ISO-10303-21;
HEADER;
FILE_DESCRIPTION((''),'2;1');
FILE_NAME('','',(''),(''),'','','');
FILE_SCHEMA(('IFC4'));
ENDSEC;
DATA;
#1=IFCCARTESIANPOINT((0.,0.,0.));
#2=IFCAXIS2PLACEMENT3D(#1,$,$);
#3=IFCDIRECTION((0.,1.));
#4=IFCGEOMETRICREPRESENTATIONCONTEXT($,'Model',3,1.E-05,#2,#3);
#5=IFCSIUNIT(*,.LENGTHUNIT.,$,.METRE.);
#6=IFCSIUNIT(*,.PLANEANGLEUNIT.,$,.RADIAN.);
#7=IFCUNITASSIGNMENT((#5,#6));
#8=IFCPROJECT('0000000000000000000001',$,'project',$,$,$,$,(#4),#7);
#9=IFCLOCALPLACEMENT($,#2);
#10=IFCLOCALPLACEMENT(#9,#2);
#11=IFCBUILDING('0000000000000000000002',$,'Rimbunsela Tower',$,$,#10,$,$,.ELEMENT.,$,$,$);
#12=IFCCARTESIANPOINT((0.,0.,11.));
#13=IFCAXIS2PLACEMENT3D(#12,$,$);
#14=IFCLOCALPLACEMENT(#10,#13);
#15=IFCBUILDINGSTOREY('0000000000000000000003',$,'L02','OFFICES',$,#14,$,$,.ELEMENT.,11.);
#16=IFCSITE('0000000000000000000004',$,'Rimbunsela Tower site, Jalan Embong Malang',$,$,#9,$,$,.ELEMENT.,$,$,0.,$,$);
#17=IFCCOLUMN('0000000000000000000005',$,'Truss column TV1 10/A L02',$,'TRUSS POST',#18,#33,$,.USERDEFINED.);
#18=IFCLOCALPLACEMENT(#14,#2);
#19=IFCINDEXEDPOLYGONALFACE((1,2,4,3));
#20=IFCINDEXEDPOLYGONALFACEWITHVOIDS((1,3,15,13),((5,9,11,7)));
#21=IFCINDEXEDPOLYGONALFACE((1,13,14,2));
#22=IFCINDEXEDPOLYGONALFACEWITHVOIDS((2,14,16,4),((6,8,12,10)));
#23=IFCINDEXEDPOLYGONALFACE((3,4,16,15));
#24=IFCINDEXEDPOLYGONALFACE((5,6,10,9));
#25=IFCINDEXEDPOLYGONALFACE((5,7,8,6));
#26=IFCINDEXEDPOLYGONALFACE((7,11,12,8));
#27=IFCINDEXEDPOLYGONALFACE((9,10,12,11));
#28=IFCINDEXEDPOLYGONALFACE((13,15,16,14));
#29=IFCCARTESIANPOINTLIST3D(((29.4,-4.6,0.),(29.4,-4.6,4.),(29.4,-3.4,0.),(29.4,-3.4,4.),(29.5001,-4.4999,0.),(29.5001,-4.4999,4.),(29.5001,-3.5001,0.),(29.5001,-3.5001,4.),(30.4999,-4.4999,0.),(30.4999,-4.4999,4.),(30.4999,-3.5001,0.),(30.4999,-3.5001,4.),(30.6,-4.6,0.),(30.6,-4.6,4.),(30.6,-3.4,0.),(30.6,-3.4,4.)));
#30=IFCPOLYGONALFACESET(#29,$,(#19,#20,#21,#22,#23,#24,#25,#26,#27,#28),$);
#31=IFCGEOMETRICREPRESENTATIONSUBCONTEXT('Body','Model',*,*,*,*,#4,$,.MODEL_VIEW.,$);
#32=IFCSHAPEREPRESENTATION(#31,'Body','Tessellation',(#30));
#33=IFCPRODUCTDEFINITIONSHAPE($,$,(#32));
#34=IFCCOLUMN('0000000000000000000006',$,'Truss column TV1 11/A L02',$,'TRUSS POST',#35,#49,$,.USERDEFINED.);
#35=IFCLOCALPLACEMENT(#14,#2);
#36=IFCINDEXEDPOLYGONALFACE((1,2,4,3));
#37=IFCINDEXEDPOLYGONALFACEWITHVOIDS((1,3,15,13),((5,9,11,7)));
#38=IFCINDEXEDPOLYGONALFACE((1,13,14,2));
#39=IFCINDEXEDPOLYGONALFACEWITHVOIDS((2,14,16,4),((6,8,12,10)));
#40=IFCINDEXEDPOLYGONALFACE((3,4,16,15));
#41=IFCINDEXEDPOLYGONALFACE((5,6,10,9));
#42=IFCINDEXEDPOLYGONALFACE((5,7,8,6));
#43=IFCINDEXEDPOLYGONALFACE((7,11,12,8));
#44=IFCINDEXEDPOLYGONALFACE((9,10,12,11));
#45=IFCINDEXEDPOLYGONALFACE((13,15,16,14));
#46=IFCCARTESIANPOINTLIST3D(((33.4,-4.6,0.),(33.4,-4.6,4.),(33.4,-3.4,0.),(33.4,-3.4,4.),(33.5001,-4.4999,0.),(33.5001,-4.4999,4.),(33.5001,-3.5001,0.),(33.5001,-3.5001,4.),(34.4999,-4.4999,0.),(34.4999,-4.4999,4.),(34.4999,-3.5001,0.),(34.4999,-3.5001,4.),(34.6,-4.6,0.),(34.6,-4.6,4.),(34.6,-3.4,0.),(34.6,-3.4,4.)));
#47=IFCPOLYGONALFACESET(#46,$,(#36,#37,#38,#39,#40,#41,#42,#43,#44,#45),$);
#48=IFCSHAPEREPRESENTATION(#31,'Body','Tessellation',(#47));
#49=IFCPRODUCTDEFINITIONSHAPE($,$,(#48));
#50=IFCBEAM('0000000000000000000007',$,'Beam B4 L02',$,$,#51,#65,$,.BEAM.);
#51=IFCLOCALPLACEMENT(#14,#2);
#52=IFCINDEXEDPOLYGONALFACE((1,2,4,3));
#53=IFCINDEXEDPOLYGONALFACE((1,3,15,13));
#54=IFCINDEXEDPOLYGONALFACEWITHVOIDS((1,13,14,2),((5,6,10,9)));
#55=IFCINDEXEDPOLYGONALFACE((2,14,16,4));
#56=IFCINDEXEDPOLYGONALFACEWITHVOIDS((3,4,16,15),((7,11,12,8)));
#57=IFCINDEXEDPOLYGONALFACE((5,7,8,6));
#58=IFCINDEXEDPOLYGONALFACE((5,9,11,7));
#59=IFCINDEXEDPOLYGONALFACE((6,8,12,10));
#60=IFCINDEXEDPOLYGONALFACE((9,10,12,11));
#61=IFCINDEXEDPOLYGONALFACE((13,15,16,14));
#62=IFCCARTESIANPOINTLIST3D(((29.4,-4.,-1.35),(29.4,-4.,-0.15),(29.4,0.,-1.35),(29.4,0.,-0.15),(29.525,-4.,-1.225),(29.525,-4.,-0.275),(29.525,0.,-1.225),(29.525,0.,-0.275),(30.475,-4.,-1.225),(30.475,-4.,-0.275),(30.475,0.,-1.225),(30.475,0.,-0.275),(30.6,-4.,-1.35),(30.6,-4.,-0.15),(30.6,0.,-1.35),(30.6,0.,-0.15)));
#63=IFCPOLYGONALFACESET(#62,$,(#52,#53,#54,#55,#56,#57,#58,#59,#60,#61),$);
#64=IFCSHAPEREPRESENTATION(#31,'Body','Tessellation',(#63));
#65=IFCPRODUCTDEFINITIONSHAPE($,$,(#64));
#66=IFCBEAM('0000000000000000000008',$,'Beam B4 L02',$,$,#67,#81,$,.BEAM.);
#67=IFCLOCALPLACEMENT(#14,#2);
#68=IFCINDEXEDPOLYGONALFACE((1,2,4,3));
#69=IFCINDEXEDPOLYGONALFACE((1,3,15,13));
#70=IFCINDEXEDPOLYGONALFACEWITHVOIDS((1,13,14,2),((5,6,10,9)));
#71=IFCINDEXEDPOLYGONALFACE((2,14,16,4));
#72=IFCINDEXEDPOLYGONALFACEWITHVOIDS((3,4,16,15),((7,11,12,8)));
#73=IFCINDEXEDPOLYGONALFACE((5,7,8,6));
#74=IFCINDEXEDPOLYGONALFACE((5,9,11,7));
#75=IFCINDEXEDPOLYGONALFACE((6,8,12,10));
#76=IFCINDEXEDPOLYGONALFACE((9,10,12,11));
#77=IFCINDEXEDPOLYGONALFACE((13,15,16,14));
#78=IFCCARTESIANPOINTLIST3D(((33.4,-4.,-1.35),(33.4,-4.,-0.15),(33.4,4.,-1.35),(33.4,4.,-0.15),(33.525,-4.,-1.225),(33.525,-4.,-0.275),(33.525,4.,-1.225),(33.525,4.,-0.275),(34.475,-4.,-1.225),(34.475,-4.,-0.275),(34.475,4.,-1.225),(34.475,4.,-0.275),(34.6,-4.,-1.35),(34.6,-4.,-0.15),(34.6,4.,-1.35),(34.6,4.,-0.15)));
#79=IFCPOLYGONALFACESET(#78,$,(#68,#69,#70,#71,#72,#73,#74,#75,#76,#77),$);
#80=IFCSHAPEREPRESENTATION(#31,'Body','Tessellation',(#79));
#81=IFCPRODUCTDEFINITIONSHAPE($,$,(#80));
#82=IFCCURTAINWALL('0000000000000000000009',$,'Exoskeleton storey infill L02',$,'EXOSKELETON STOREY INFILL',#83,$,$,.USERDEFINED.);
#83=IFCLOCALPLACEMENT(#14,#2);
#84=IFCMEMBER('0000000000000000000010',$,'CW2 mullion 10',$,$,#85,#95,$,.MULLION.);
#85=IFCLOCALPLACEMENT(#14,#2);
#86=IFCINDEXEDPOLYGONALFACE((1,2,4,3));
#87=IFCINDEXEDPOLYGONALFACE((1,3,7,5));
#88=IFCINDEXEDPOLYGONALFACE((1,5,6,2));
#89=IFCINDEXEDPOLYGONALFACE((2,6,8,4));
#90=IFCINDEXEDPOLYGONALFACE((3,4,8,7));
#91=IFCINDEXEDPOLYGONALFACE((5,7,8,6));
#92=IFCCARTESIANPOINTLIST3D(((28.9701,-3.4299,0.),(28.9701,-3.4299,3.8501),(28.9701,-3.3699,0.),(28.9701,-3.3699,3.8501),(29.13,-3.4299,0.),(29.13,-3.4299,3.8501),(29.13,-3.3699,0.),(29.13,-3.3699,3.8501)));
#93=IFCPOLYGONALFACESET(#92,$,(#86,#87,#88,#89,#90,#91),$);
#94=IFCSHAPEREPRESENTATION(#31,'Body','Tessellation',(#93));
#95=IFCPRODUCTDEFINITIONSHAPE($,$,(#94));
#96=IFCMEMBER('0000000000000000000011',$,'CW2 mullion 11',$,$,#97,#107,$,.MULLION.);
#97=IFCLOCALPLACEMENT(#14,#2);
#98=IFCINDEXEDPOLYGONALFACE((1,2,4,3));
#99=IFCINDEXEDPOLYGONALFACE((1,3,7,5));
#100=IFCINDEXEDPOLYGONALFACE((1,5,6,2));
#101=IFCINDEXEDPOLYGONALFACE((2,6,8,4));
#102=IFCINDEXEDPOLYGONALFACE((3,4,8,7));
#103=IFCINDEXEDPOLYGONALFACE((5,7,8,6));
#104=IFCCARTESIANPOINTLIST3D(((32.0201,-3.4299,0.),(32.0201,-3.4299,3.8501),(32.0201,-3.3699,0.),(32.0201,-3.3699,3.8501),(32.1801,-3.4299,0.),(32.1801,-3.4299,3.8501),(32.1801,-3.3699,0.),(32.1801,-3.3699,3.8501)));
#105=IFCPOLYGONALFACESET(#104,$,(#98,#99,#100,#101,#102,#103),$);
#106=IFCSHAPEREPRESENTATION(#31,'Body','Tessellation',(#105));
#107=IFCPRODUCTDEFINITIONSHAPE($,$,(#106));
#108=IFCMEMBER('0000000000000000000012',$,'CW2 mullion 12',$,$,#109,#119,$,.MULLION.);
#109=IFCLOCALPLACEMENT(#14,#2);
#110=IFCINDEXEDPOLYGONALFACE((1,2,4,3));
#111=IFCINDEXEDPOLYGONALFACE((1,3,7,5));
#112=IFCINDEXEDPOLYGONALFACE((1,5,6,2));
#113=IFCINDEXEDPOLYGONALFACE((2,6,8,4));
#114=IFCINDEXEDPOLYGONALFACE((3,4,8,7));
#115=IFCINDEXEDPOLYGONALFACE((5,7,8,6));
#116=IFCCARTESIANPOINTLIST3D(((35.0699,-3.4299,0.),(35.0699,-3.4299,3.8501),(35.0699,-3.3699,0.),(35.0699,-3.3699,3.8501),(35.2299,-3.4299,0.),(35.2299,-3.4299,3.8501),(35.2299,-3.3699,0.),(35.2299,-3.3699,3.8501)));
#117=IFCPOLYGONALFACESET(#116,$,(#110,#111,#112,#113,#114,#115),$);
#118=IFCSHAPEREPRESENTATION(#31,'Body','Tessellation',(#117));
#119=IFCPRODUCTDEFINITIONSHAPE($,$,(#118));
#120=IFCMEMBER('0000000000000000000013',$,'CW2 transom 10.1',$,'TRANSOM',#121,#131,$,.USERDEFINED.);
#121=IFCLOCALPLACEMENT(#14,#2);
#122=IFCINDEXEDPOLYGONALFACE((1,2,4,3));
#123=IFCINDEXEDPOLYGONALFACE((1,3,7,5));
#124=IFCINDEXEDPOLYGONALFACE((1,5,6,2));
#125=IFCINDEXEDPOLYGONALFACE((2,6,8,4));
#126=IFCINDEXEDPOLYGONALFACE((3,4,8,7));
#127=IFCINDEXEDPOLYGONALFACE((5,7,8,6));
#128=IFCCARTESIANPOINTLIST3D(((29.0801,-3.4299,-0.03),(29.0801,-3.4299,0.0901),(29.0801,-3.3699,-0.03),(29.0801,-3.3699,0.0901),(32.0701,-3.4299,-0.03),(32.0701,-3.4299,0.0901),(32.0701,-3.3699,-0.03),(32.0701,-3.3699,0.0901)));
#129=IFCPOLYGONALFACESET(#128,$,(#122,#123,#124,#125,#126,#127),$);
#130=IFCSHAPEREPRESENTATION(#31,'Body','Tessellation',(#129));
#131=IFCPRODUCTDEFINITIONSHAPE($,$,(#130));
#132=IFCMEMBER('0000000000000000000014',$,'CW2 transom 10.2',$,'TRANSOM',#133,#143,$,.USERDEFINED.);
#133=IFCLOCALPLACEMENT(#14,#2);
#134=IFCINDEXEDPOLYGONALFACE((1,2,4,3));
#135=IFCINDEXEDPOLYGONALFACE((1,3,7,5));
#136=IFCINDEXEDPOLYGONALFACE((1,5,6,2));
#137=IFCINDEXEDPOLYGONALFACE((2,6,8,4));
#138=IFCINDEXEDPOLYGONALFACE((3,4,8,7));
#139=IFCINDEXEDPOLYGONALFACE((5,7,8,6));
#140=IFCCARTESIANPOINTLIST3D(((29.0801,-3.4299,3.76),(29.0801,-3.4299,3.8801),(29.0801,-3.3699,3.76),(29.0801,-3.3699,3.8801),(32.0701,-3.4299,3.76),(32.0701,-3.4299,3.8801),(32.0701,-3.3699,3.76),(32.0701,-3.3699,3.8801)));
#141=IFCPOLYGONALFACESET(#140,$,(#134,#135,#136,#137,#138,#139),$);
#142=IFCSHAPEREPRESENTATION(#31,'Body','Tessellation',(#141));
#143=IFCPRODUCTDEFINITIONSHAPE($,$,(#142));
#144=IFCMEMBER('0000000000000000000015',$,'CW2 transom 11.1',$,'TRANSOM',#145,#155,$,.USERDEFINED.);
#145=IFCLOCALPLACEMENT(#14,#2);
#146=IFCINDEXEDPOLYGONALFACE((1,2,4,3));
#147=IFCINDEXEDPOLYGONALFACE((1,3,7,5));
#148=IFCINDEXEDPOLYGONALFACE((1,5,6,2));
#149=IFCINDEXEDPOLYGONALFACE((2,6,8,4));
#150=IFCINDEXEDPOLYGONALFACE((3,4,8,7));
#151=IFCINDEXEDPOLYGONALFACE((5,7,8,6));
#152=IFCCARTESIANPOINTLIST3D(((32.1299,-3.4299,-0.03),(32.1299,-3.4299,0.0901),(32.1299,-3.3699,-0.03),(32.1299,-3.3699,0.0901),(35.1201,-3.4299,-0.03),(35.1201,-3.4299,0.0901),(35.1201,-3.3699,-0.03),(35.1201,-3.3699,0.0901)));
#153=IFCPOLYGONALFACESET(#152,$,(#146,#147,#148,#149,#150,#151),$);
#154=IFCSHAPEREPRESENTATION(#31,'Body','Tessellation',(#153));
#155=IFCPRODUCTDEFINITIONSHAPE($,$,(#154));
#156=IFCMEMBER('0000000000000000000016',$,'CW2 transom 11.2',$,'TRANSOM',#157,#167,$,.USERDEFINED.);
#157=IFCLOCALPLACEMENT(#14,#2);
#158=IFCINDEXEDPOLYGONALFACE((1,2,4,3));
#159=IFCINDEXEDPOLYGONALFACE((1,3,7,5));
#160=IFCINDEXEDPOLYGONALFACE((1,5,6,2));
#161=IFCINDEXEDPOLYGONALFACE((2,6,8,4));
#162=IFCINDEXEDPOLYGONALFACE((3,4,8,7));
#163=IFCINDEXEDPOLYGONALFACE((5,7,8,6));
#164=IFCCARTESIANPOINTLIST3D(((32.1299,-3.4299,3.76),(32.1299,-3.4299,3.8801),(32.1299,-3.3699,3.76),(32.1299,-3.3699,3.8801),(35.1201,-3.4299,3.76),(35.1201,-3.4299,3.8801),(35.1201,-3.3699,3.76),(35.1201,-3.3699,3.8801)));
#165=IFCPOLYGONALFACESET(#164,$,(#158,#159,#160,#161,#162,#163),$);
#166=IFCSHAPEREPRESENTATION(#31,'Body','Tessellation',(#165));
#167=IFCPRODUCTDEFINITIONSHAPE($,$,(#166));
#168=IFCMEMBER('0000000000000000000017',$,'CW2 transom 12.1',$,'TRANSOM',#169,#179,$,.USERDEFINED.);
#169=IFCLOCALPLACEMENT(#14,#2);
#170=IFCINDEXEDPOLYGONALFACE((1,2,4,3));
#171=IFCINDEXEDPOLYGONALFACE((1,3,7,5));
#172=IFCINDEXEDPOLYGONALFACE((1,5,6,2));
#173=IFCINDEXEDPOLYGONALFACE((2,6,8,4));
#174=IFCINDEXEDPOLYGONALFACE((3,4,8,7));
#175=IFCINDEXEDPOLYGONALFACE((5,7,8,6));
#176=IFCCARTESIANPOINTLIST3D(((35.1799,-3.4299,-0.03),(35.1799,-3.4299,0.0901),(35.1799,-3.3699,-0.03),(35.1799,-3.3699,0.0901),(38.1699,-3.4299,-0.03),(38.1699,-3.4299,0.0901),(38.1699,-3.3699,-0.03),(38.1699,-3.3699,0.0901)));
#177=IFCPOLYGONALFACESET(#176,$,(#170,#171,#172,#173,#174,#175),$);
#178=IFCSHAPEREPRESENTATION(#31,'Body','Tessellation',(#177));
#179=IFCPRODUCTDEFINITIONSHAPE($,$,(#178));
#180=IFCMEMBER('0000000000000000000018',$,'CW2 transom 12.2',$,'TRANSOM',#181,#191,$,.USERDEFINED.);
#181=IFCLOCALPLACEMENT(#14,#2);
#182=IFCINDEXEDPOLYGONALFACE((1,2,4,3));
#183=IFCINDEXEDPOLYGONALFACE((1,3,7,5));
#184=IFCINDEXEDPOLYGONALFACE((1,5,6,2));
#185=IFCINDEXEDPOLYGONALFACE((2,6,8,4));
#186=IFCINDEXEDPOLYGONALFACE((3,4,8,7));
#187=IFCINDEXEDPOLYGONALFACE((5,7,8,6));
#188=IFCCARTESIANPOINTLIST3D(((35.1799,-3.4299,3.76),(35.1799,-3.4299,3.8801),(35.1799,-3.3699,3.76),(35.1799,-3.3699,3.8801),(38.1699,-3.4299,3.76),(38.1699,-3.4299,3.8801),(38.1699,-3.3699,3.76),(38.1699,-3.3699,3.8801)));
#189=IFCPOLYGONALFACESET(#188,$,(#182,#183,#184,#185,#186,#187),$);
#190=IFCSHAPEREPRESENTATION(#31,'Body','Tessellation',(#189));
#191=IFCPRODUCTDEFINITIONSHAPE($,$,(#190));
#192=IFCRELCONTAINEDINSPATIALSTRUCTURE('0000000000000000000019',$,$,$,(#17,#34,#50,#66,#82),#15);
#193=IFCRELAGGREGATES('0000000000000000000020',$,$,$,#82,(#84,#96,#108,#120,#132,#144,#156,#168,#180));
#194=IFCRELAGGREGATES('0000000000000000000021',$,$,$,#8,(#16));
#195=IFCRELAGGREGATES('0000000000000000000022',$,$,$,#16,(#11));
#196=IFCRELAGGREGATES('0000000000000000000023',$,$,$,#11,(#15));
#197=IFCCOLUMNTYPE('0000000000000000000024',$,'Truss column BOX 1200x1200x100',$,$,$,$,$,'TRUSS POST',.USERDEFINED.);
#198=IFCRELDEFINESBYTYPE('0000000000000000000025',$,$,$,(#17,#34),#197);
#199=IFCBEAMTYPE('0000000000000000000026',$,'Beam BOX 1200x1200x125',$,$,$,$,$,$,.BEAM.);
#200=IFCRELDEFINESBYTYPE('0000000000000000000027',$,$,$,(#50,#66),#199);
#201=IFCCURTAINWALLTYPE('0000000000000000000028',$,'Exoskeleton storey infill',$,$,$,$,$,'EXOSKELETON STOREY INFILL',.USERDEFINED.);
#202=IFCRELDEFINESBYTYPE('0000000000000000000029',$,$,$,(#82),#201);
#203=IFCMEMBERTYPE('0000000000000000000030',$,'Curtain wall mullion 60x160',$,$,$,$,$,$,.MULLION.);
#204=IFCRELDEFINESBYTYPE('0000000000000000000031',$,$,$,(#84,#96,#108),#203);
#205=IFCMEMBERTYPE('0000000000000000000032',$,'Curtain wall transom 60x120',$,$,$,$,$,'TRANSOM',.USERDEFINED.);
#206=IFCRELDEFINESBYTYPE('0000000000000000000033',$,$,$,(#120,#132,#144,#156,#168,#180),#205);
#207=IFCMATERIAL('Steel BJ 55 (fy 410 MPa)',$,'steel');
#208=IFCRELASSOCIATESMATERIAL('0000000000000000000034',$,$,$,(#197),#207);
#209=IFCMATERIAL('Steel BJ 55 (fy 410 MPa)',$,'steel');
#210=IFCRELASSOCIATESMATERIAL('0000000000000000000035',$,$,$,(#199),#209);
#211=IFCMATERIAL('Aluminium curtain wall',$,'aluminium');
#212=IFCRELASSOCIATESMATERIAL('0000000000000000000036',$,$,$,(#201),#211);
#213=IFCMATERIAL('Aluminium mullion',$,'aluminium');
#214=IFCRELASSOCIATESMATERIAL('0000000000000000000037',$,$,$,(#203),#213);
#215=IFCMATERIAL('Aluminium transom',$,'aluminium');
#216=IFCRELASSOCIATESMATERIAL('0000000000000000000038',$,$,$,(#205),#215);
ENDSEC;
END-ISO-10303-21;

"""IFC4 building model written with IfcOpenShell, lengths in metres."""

from ifc_helpers import new_model, si_unit, direction, frame, origin, origin_2d, place, context, subcontext, project, spatial, rectangle, hollow_rectangle, extrude, material, material_profile, profile_set, type_object, element, aggregate, save


model = new_model("IFC4")

# Units and contexts
model_context = context("Model", 3, precision=1e-05, world=origin(), true_north=direction((0.0, 1.0)))
body_context = subcontext(model_context, "Body", "Model", "MODEL_VIEW")
ifc_project = project(units=[si_unit("LENGTHUNIT", "METRE"), si_unit("PLANEANGLEUNIT", "RADIAN")], contexts=[model_context])

# Site, building, storey
site_placement = place(None, origin())
site = spatial("IfcSite", under=ifc_project, at=site_placement, Name="Rimbunsela Tower site, Jalan Embong Malang", CompositionType="ELEMENT", RefElevation=0.0)
building_placement = place(site_placement, origin())
building = spatial("IfcBuilding", under=site, at=building_placement, Name="Rimbunsela Tower", CompositionType="ELEMENT")
storey_placement = place(building_placement, frame((0.0, 0.0, 11.0)))
storey = spatial("IfcBuildingStorey", under=building, at=storey_placement, Name="L02", Description="OFFICES", CompositionType="ELEMENT", Elevation=11.0)

# Columns
ifc_material_1 = material(Name="Steel BJ 55 (fy 410 MPa)", Category="steel")
ifc_material_profile_1 = material_profile(ifc_material_1, hollow_rectangle(XDim=1.2, YDim=1.2, WallThickness=0.1001, at=origin_2d()), Name="BOX 1200x1200x100")
ifc_profile_set_1 = profile_set([ifc_material_profile_1], Name="Steel BJ 55 (fy 410 MPa)")
column_type = type_object("IfcColumnType", Name="Truss column BOX 1200x1200x100", ElementType="TRUSS POST", PredefinedType="USERDEFINED", material=ifc_profile_set_1)
for number, where, z_axis, x_axis, name in (
    (1, (30.0, -4.0, 0.0), (0.0, 0.0, 1.0), (1.0, 0.0, 0.0), "Truss column TV1 10/A L02"),
    (2, (34.0, -4.0, 0.0), (0.0, 0.0, 1.0), (1.0, 0.0, 0.0), "Truss column TV1 11/A L02"),
):
    element("IfcColumn", number, at=place(storey_placement, frame(where, z_axis=z_axis, x_axis=x_axis)), inside=storey, type_object=column_type, Name=name, ObjectType="TRUSS POST", PredefinedType="USERDEFINED", context=body_context, shape_type="SweptSolid", body=[
        extrude(hollow_rectangle(XDim=1.2, YDim=1.2, WallThickness=0.1001, at=origin_2d()), origin(), (0.0, 0.0, 1.0), 4.0),
    ])

# Beams
ifc_material_2 = material(Name="Steel BJ 55 (fy 410 MPa)", Category="steel")
ifc_material_profile_2 = material_profile(ifc_material_2, hollow_rectangle(XDim=1.2, YDim=1.2, WallThickness=0.125, at=origin_2d()), Name="BOX 1200x1200x125")
ifc_profile_set_2 = profile_set([ifc_material_profile_2], Name="Steel BJ 55 (fy 410 MPa)")
beam_type_1 = type_object("IfcBeamType", Name="Beam BOX 1200x1200x125", PredefinedType="BEAM", material=ifc_profile_set_2)
beam_1_placement = place(storey_placement, frame((30.0, -4.0, -0.75), z_axis=(0.0, 1.0, 0.0), x_axis=(-1.0, 0.0, 0.0)))
element("IfcBeam", 3, at=beam_1_placement, inside=storey, type_object=beam_type_1, Name="Beam B4 L02", PredefinedType="BEAM", context=body_context, shape_type="SweptSolid", body=[
    extrude(hollow_rectangle(XDim=1.2, YDim=1.2, WallThickness=0.125, at=origin_2d()), origin(), (0.0, 0.0, 1.0), 4.0),
])
beam_2_placement = place(storey_placement, frame((34.0, -4.0, -0.75), z_axis=(0.0, 1.0, 0.0), x_axis=(-1.0, 0.0, 0.0)))
element("IfcBeam", 4, at=beam_2_placement, inside=storey, type_object=beam_type_1, Name="Beam B4 L02", PredefinedType="BEAM", context=body_context, shape_type="SweptSolid", body=[
    extrude(hollow_rectangle(XDim=1.2, YDim=1.2, WallThickness=0.125, at=origin_2d()), origin(), (0.0, 0.0, 1.0), 8.0),
])

# Curtain wall, members
ifc_material_3 = material(Name="Aluminium curtain wall", Category="aluminium")
curtain_wall_type = type_object("IfcCurtainWallType", Name="Exoskeleton storey infill", ElementType="EXOSKELETON STOREY INFILL", PredefinedType="USERDEFINED", material=ifc_material_3)
curtain_wall_placement = place(storey_placement, origin())
curtain_wall = element("IfcCurtainWall", 5, at=curtain_wall_placement, inside=storey, type_object=curtain_wall_type, Name="Exoskeleton storey infill L02", ObjectType="EXOSKELETON STOREY INFILL", PredefinedType="USERDEFINED")
ifc_material_4 = material(Name="Aluminium mullion", Category="aluminium")
ifc_material_profile_3 = material_profile(ifc_material_4, rectangle(XDim=0.0601, YDim=0.1599, at=origin_2d()), Name="Mullion 60x160")
ifc_profile_set_3 = profile_set([ifc_material_profile_3], Name="Aluminium mullion")
member_type_1 = type_object("IfcMemberType", Name="Curtain wall mullion 60x160", PredefinedType="MULLION", material=ifc_profile_set_3)
member_1_placement = place(storey_placement, frame((29.05, -3.3999, 0.0), z_axis=(0.0, 0.0, 1.0), x_axis=(0.0, 1.0, 0.0)))
member_1 = element("IfcMember", 6, at=member_1_placement, type_object=member_type_1, Name="CW2 mullion 10", PredefinedType="MULLION", context=body_context, shape_type="SweptSolid", body=[
    extrude(rectangle(XDim=0.0601, YDim=0.1599, at=origin_2d()), origin(), (0.0, 0.0, 1.0), 3.8501),
])
member_2_placement = place(storey_placement, frame((32.1001, -3.3999, 0.0), z_axis=(0.0, 0.0, 1.0), x_axis=(0.0, 1.0, 0.0)))
member_2 = element("IfcMember", 7, at=member_2_placement, type_object=member_type_1, Name="CW2 mullion 11", PredefinedType="MULLION", context=body_context, shape_type="SweptSolid", body=[
    extrude(rectangle(XDim=0.0601, YDim=0.1599, at=origin_2d()), origin(), (0.0, 0.0, 1.0), 3.8501),
])
member_3_placement = place(storey_placement, frame((35.1499, -3.3999, 0.0), z_axis=(0.0, 0.0, 1.0), x_axis=(0.0, 1.0, 0.0)))
member_3 = element("IfcMember", 8, at=member_3_placement, type_object=member_type_1, Name="CW2 mullion 12", PredefinedType="MULLION", context=body_context, shape_type="SweptSolid", body=[
    extrude(rectangle(XDim=0.0601, YDim=0.1599, at=origin_2d()), origin(), (0.0, 0.0, 1.0), 3.8501),
])
ifc_material_5 = material(Name="Aluminium transom", Category="aluminium")
ifc_material_profile_4 = material_profile(ifc_material_5, rectangle(XDim=0.0601, YDim=0.1201, at=origin_2d()), Name="Transom 60x120")
ifc_profile_set_4 = profile_set([ifc_material_profile_4], Name="Aluminium transom")
member_type_2 = type_object("IfcMemberType", Name="Curtain wall transom 60x120", ElementType="TRANSOM", PredefinedType="USERDEFINED", material=ifc_profile_set_4)
member_4_placement = place(storey_placement, frame((29.0801, -3.3999, 0.03), z_axis=(1.0, 0.0, 0.0), x_axis=(0.0, 1.0, 0.0)))
member_4 = element("IfcMember", 9, at=member_4_placement, type_object=member_type_2, Name="CW2 transom 10.1", ObjectType="TRANSOM", PredefinedType="USERDEFINED", context=body_context, shape_type="SweptSolid", body=[
    extrude(rectangle(XDim=0.0601, YDim=0.1201, at=origin_2d()), origin(), (0.0, 0.0, 1.0), 2.99),
])
member_5_placement = place(storey_placement, frame((29.0801, -3.3999, 3.8201), z_axis=(1.0, 0.0, 0.0), x_axis=(0.0, 1.0, 0.0)))
member_5 = element("IfcMember", 10, at=member_5_placement, type_object=member_type_2, Name="CW2 transom 10.2", ObjectType="TRANSOM", PredefinedType="USERDEFINED", context=body_context, shape_type="SweptSolid", body=[
    extrude(rectangle(XDim=0.0601, YDim=0.1201, at=origin_2d()), origin(), (0.0, 0.0, 1.0), 2.99),
])
member_6_placement = place(storey_placement, frame((32.1299, -3.3999, 0.03), z_axis=(1.0, 0.0, 0.0), x_axis=(0.0, 1.0, 0.0)))
member_6 = element("IfcMember", 11, at=member_6_placement, type_object=member_type_2, Name="CW2 transom 11.1", ObjectType="TRANSOM", PredefinedType="USERDEFINED", context=body_context, shape_type="SweptSolid", body=[
    extrude(rectangle(XDim=0.0601, YDim=0.1201, at=origin_2d()), origin(), (0.0, 0.0, 1.0), 2.9902),
])
member_7_placement = place(storey_placement, frame((32.1299, -3.3999, 3.8201), z_axis=(1.0, 0.0, 0.0), x_axis=(0.0, 1.0, 0.0)))
member_7 = element("IfcMember", 12, at=member_7_placement, type_object=member_type_2, Name="CW2 transom 11.2", ObjectType="TRANSOM", PredefinedType="USERDEFINED", context=body_context, shape_type="SweptSolid", body=[
    extrude(rectangle(XDim=0.0601, YDim=0.1201, at=origin_2d()), origin(), (0.0, 0.0, 1.0), 2.9902),
])
member_8_placement = place(storey_placement, frame((35.1799, -3.3999, 0.03), z_axis=(1.0, 0.0, 0.0), x_axis=(0.0, 1.0, 0.0)))
member_8 = element("IfcMember", 13, at=member_8_placement, type_object=member_type_2, Name="CW2 transom 12.1", ObjectType="TRANSOM", PredefinedType="USERDEFINED", context=body_context, shape_type="SweptSolid", body=[
    extrude(rectangle(XDim=0.0601, YDim=0.1201, at=origin_2d()), origin(), (0.0, 0.0, 1.0), 2.99),
])
member_9_placement = place(storey_placement, frame((35.1799, -3.3999, 3.8201), z_axis=(1.0, 0.0, 0.0), x_axis=(0.0, 1.0, 0.0)))
member_9 = element("IfcMember", 14, at=member_9_placement, type_object=member_type_2, Name="CW2 transom 12.2", ObjectType="TRANSOM", PredefinedType="USERDEFINED", context=body_context, shape_type="SweptSolid", body=[
    extrude(rectangle(XDim=0.0601, YDim=0.1201, at=origin_2d()), origin(), (0.0, 0.0, 1.0), 2.99),
])

aggregate(curtain_wall, [member_1, member_2, member_3, member_4, member_5, member_6, member_7, member_8, member_9])

save(model, "model.ifc")
